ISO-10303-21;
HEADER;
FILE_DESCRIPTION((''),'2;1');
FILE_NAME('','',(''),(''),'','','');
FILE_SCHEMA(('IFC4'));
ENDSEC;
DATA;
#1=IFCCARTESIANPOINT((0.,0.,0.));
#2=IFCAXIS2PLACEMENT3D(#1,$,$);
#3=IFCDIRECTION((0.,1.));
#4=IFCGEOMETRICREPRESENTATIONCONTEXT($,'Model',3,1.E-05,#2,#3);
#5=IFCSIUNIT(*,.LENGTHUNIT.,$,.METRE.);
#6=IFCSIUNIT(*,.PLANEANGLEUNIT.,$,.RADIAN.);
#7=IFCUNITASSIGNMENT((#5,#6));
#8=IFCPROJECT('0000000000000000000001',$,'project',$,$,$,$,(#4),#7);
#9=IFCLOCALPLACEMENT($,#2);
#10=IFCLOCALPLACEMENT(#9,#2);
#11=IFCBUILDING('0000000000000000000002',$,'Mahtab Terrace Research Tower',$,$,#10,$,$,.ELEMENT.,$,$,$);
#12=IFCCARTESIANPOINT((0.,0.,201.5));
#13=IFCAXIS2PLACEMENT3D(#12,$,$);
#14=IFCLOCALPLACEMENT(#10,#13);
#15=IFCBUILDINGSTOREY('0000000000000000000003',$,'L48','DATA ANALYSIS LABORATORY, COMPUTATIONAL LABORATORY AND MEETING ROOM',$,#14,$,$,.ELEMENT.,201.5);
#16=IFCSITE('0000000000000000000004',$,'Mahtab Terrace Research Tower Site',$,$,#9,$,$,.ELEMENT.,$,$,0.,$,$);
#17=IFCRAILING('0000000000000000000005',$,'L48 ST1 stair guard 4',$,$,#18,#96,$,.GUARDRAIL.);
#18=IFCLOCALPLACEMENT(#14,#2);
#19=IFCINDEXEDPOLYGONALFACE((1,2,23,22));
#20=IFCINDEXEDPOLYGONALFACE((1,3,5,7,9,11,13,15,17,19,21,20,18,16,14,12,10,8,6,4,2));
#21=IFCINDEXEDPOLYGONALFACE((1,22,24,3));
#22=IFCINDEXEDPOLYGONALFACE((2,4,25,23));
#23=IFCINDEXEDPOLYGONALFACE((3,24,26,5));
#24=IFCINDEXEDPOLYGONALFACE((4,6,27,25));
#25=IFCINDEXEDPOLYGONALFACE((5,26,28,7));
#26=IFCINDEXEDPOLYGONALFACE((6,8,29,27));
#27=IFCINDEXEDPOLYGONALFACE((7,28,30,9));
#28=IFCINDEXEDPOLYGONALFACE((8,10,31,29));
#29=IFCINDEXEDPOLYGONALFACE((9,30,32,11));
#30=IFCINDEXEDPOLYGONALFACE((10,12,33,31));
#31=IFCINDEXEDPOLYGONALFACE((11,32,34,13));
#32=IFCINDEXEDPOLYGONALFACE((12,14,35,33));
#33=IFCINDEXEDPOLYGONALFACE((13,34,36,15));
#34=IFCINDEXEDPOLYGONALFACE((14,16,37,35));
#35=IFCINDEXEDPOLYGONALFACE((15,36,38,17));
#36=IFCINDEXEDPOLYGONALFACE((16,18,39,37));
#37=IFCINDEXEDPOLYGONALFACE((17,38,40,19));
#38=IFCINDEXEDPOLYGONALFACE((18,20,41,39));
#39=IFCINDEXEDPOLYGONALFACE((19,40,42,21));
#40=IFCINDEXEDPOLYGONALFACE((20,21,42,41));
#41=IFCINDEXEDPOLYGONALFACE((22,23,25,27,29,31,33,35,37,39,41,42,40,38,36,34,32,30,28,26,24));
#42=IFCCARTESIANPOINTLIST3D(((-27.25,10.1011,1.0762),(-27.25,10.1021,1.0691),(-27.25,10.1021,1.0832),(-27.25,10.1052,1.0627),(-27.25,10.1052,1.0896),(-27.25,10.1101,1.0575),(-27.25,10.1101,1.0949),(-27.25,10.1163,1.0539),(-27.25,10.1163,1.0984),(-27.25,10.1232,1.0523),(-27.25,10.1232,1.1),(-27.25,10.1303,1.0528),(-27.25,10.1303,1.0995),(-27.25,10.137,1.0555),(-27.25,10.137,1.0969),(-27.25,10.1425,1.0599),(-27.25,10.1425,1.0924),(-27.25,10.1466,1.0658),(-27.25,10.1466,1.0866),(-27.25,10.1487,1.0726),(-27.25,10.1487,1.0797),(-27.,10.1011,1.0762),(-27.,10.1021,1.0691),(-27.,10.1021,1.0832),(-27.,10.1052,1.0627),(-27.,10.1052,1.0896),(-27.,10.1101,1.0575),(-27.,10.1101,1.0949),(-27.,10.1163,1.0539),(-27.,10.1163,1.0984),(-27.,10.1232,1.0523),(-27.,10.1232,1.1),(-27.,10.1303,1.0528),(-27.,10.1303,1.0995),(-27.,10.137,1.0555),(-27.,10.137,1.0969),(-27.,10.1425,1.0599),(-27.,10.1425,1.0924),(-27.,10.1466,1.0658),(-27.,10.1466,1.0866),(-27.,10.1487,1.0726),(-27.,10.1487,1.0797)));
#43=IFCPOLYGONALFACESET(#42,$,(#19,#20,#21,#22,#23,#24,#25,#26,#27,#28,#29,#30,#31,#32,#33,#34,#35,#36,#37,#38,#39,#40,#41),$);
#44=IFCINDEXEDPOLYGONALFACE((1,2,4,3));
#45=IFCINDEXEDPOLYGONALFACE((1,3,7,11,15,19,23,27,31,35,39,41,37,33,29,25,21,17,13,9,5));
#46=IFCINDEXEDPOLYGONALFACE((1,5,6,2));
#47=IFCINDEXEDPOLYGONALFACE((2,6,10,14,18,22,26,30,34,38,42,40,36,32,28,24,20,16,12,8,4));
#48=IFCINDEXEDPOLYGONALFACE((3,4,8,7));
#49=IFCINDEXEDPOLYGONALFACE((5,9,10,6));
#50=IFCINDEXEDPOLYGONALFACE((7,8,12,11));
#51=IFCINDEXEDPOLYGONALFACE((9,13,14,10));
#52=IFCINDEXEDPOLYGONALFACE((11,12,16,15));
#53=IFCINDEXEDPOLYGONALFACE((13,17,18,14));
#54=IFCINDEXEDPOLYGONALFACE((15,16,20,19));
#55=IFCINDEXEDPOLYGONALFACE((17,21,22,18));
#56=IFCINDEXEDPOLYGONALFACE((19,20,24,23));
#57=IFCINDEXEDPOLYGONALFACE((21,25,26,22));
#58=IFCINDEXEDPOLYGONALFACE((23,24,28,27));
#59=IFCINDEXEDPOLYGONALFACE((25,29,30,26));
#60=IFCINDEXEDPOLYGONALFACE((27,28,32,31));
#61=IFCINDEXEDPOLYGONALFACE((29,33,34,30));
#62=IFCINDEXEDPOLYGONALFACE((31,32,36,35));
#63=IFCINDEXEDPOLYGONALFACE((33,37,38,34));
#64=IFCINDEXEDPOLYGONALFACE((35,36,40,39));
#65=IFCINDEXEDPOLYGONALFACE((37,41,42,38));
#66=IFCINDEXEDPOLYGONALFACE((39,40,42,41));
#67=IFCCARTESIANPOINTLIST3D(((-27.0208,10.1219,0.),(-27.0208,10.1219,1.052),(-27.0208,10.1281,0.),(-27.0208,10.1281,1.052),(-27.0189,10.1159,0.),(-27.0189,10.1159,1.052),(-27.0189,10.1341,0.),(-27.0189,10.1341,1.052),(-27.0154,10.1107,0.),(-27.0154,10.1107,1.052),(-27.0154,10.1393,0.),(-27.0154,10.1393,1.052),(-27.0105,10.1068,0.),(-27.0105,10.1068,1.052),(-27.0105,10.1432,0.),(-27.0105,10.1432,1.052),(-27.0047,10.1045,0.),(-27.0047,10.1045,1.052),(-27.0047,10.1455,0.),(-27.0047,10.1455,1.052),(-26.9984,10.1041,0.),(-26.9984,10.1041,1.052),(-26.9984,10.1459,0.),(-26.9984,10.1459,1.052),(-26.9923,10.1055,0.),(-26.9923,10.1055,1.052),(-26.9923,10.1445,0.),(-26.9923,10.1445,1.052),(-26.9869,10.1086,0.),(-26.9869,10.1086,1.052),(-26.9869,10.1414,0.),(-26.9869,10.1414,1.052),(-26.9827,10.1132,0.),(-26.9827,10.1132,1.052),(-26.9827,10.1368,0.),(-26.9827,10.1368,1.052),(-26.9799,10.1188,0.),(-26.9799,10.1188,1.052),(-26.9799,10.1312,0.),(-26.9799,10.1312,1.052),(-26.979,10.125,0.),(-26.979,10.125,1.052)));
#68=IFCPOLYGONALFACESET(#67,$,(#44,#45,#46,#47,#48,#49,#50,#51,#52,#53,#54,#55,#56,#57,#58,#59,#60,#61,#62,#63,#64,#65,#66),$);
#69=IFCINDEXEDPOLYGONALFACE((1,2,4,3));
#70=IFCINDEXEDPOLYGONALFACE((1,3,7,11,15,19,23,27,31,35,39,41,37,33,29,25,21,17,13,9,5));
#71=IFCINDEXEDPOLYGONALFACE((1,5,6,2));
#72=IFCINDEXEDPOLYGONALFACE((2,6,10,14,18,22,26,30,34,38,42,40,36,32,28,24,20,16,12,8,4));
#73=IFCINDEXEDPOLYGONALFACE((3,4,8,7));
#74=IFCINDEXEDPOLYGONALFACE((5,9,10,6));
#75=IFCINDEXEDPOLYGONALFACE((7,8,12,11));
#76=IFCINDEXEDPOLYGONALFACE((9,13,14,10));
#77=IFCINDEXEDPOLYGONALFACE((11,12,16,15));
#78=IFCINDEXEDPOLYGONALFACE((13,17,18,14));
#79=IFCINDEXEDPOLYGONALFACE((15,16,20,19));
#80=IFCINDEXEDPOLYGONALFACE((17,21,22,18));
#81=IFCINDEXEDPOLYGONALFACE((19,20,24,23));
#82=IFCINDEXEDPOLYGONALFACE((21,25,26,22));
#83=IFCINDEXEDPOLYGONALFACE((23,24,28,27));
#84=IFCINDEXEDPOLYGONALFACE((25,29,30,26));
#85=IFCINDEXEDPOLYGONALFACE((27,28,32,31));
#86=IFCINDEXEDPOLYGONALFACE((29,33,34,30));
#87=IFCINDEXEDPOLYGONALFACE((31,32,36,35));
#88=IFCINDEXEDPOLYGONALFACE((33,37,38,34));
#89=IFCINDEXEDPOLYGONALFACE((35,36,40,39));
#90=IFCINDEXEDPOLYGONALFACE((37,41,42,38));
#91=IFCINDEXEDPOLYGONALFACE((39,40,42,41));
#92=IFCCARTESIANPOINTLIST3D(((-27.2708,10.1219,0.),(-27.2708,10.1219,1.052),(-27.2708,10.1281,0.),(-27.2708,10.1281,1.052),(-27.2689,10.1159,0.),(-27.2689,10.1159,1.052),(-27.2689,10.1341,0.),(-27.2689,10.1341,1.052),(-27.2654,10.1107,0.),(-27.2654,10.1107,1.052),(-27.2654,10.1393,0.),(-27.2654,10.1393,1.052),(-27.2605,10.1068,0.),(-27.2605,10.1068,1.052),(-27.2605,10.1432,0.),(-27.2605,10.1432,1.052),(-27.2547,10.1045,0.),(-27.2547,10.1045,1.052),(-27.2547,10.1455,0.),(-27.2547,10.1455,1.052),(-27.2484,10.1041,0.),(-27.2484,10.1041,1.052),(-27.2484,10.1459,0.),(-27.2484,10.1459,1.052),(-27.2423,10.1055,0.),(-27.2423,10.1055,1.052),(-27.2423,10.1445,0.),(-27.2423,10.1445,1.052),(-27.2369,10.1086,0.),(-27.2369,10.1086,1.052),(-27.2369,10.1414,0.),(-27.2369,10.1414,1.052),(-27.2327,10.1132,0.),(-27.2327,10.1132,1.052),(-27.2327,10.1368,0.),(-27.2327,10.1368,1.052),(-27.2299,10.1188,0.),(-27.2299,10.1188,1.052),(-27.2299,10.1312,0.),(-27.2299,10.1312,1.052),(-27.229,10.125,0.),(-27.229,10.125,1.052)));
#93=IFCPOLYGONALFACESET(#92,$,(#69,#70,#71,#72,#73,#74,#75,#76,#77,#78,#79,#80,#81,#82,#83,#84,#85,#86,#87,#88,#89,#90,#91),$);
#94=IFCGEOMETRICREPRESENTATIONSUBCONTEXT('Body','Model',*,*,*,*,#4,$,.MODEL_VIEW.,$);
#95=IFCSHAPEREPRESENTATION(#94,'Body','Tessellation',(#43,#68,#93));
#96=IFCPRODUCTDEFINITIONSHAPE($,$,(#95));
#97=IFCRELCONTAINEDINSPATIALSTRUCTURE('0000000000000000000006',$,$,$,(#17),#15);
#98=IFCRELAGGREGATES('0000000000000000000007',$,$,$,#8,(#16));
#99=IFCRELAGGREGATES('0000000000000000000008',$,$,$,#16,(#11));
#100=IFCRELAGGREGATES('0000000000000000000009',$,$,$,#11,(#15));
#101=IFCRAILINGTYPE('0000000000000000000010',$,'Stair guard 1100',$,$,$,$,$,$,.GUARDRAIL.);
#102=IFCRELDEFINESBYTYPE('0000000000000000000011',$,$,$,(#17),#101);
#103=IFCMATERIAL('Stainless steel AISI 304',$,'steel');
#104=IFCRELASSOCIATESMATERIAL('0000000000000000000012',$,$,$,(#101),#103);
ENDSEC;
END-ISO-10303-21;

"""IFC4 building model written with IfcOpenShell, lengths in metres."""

from ifc_helpers import new_model, si_unit, direction, frame, origin, origin_2d, place, context, subcontext, project, spatial, circle, extrude, material, type_object, element, save


model = new_model("IFC4")

# Units and contexts
model_context = context("Model", 3, precision=1e-05, world=origin(), true_north=direction((0.0, 1.0)))
body_context = subcontext(model_context, "Body", "Model", "MODEL_VIEW")
ifc_project = project(units=[si_unit("LENGTHUNIT", "METRE"), si_unit("PLANEANGLEUNIT", "RADIAN")], contexts=[model_context])

# Site, building, storey
site_placement = place(None, origin())
site = spatial("IfcSite", under=ifc_project, at=site_placement, Name="Mahtab Terrace Research Tower Site", CompositionType="ELEMENT", RefElevation=0.0)
building_placement = place(site_placement, origin())
building = spatial("IfcBuilding", under=site, at=building_placement, Name="Mahtab Terrace Research Tower", CompositionType="ELEMENT")
storey_placement = place(building_placement, frame((0.0, 0.0, 201.5)))
storey = spatial("IfcBuildingStorey", under=building, at=storey_placement, Name="L48", Description="DATA ANALYSIS LABORATORY, COMPUTATIONAL LABORATORY AND MEETING ROOM", CompositionType="ELEMENT", Elevation=201.5)

# Railing
ifc_material_1 = material(Name="Stainless steel AISI 304", Category="steel")
railing_type_1 = type_object("IfcRailingType", Name="Stair guard 1100", PredefinedType="GUARDRAIL", material=ifc_material_1)
railing_1_placement = place(storey_placement, frame((-27.0, 10.125, 0.0)))
element("IfcRailing", 1, at=railing_1_placement, inside=storey, type_object=railing_type_1, Name="L48 ST1 stair guard 4", PredefinedType="GUARDRAIL", context=body_context, shape_type="SweptSolid", body=[
    extrude(circle(Radius=0.0239, at=origin_2d()), frame((0.0, 0.0, 1.0762), z_axis=(-1.0, 0.0, 0.0), x_axis=(0.0, -1.0, 0.0)), (0.0, 0.0, 1.0), 0.25),
    extrude(circle(Radius=0.021, at=origin_2d()), origin(), (0.0, 0.0, 1.0), 1.052),
    extrude(circle(Radius=0.021, at=origin_2d()), frame((-0.25, 0.0, 0.0)), (0.0, 0.0, 1.0), 1.052),
])

save(model, "model.ifc")
